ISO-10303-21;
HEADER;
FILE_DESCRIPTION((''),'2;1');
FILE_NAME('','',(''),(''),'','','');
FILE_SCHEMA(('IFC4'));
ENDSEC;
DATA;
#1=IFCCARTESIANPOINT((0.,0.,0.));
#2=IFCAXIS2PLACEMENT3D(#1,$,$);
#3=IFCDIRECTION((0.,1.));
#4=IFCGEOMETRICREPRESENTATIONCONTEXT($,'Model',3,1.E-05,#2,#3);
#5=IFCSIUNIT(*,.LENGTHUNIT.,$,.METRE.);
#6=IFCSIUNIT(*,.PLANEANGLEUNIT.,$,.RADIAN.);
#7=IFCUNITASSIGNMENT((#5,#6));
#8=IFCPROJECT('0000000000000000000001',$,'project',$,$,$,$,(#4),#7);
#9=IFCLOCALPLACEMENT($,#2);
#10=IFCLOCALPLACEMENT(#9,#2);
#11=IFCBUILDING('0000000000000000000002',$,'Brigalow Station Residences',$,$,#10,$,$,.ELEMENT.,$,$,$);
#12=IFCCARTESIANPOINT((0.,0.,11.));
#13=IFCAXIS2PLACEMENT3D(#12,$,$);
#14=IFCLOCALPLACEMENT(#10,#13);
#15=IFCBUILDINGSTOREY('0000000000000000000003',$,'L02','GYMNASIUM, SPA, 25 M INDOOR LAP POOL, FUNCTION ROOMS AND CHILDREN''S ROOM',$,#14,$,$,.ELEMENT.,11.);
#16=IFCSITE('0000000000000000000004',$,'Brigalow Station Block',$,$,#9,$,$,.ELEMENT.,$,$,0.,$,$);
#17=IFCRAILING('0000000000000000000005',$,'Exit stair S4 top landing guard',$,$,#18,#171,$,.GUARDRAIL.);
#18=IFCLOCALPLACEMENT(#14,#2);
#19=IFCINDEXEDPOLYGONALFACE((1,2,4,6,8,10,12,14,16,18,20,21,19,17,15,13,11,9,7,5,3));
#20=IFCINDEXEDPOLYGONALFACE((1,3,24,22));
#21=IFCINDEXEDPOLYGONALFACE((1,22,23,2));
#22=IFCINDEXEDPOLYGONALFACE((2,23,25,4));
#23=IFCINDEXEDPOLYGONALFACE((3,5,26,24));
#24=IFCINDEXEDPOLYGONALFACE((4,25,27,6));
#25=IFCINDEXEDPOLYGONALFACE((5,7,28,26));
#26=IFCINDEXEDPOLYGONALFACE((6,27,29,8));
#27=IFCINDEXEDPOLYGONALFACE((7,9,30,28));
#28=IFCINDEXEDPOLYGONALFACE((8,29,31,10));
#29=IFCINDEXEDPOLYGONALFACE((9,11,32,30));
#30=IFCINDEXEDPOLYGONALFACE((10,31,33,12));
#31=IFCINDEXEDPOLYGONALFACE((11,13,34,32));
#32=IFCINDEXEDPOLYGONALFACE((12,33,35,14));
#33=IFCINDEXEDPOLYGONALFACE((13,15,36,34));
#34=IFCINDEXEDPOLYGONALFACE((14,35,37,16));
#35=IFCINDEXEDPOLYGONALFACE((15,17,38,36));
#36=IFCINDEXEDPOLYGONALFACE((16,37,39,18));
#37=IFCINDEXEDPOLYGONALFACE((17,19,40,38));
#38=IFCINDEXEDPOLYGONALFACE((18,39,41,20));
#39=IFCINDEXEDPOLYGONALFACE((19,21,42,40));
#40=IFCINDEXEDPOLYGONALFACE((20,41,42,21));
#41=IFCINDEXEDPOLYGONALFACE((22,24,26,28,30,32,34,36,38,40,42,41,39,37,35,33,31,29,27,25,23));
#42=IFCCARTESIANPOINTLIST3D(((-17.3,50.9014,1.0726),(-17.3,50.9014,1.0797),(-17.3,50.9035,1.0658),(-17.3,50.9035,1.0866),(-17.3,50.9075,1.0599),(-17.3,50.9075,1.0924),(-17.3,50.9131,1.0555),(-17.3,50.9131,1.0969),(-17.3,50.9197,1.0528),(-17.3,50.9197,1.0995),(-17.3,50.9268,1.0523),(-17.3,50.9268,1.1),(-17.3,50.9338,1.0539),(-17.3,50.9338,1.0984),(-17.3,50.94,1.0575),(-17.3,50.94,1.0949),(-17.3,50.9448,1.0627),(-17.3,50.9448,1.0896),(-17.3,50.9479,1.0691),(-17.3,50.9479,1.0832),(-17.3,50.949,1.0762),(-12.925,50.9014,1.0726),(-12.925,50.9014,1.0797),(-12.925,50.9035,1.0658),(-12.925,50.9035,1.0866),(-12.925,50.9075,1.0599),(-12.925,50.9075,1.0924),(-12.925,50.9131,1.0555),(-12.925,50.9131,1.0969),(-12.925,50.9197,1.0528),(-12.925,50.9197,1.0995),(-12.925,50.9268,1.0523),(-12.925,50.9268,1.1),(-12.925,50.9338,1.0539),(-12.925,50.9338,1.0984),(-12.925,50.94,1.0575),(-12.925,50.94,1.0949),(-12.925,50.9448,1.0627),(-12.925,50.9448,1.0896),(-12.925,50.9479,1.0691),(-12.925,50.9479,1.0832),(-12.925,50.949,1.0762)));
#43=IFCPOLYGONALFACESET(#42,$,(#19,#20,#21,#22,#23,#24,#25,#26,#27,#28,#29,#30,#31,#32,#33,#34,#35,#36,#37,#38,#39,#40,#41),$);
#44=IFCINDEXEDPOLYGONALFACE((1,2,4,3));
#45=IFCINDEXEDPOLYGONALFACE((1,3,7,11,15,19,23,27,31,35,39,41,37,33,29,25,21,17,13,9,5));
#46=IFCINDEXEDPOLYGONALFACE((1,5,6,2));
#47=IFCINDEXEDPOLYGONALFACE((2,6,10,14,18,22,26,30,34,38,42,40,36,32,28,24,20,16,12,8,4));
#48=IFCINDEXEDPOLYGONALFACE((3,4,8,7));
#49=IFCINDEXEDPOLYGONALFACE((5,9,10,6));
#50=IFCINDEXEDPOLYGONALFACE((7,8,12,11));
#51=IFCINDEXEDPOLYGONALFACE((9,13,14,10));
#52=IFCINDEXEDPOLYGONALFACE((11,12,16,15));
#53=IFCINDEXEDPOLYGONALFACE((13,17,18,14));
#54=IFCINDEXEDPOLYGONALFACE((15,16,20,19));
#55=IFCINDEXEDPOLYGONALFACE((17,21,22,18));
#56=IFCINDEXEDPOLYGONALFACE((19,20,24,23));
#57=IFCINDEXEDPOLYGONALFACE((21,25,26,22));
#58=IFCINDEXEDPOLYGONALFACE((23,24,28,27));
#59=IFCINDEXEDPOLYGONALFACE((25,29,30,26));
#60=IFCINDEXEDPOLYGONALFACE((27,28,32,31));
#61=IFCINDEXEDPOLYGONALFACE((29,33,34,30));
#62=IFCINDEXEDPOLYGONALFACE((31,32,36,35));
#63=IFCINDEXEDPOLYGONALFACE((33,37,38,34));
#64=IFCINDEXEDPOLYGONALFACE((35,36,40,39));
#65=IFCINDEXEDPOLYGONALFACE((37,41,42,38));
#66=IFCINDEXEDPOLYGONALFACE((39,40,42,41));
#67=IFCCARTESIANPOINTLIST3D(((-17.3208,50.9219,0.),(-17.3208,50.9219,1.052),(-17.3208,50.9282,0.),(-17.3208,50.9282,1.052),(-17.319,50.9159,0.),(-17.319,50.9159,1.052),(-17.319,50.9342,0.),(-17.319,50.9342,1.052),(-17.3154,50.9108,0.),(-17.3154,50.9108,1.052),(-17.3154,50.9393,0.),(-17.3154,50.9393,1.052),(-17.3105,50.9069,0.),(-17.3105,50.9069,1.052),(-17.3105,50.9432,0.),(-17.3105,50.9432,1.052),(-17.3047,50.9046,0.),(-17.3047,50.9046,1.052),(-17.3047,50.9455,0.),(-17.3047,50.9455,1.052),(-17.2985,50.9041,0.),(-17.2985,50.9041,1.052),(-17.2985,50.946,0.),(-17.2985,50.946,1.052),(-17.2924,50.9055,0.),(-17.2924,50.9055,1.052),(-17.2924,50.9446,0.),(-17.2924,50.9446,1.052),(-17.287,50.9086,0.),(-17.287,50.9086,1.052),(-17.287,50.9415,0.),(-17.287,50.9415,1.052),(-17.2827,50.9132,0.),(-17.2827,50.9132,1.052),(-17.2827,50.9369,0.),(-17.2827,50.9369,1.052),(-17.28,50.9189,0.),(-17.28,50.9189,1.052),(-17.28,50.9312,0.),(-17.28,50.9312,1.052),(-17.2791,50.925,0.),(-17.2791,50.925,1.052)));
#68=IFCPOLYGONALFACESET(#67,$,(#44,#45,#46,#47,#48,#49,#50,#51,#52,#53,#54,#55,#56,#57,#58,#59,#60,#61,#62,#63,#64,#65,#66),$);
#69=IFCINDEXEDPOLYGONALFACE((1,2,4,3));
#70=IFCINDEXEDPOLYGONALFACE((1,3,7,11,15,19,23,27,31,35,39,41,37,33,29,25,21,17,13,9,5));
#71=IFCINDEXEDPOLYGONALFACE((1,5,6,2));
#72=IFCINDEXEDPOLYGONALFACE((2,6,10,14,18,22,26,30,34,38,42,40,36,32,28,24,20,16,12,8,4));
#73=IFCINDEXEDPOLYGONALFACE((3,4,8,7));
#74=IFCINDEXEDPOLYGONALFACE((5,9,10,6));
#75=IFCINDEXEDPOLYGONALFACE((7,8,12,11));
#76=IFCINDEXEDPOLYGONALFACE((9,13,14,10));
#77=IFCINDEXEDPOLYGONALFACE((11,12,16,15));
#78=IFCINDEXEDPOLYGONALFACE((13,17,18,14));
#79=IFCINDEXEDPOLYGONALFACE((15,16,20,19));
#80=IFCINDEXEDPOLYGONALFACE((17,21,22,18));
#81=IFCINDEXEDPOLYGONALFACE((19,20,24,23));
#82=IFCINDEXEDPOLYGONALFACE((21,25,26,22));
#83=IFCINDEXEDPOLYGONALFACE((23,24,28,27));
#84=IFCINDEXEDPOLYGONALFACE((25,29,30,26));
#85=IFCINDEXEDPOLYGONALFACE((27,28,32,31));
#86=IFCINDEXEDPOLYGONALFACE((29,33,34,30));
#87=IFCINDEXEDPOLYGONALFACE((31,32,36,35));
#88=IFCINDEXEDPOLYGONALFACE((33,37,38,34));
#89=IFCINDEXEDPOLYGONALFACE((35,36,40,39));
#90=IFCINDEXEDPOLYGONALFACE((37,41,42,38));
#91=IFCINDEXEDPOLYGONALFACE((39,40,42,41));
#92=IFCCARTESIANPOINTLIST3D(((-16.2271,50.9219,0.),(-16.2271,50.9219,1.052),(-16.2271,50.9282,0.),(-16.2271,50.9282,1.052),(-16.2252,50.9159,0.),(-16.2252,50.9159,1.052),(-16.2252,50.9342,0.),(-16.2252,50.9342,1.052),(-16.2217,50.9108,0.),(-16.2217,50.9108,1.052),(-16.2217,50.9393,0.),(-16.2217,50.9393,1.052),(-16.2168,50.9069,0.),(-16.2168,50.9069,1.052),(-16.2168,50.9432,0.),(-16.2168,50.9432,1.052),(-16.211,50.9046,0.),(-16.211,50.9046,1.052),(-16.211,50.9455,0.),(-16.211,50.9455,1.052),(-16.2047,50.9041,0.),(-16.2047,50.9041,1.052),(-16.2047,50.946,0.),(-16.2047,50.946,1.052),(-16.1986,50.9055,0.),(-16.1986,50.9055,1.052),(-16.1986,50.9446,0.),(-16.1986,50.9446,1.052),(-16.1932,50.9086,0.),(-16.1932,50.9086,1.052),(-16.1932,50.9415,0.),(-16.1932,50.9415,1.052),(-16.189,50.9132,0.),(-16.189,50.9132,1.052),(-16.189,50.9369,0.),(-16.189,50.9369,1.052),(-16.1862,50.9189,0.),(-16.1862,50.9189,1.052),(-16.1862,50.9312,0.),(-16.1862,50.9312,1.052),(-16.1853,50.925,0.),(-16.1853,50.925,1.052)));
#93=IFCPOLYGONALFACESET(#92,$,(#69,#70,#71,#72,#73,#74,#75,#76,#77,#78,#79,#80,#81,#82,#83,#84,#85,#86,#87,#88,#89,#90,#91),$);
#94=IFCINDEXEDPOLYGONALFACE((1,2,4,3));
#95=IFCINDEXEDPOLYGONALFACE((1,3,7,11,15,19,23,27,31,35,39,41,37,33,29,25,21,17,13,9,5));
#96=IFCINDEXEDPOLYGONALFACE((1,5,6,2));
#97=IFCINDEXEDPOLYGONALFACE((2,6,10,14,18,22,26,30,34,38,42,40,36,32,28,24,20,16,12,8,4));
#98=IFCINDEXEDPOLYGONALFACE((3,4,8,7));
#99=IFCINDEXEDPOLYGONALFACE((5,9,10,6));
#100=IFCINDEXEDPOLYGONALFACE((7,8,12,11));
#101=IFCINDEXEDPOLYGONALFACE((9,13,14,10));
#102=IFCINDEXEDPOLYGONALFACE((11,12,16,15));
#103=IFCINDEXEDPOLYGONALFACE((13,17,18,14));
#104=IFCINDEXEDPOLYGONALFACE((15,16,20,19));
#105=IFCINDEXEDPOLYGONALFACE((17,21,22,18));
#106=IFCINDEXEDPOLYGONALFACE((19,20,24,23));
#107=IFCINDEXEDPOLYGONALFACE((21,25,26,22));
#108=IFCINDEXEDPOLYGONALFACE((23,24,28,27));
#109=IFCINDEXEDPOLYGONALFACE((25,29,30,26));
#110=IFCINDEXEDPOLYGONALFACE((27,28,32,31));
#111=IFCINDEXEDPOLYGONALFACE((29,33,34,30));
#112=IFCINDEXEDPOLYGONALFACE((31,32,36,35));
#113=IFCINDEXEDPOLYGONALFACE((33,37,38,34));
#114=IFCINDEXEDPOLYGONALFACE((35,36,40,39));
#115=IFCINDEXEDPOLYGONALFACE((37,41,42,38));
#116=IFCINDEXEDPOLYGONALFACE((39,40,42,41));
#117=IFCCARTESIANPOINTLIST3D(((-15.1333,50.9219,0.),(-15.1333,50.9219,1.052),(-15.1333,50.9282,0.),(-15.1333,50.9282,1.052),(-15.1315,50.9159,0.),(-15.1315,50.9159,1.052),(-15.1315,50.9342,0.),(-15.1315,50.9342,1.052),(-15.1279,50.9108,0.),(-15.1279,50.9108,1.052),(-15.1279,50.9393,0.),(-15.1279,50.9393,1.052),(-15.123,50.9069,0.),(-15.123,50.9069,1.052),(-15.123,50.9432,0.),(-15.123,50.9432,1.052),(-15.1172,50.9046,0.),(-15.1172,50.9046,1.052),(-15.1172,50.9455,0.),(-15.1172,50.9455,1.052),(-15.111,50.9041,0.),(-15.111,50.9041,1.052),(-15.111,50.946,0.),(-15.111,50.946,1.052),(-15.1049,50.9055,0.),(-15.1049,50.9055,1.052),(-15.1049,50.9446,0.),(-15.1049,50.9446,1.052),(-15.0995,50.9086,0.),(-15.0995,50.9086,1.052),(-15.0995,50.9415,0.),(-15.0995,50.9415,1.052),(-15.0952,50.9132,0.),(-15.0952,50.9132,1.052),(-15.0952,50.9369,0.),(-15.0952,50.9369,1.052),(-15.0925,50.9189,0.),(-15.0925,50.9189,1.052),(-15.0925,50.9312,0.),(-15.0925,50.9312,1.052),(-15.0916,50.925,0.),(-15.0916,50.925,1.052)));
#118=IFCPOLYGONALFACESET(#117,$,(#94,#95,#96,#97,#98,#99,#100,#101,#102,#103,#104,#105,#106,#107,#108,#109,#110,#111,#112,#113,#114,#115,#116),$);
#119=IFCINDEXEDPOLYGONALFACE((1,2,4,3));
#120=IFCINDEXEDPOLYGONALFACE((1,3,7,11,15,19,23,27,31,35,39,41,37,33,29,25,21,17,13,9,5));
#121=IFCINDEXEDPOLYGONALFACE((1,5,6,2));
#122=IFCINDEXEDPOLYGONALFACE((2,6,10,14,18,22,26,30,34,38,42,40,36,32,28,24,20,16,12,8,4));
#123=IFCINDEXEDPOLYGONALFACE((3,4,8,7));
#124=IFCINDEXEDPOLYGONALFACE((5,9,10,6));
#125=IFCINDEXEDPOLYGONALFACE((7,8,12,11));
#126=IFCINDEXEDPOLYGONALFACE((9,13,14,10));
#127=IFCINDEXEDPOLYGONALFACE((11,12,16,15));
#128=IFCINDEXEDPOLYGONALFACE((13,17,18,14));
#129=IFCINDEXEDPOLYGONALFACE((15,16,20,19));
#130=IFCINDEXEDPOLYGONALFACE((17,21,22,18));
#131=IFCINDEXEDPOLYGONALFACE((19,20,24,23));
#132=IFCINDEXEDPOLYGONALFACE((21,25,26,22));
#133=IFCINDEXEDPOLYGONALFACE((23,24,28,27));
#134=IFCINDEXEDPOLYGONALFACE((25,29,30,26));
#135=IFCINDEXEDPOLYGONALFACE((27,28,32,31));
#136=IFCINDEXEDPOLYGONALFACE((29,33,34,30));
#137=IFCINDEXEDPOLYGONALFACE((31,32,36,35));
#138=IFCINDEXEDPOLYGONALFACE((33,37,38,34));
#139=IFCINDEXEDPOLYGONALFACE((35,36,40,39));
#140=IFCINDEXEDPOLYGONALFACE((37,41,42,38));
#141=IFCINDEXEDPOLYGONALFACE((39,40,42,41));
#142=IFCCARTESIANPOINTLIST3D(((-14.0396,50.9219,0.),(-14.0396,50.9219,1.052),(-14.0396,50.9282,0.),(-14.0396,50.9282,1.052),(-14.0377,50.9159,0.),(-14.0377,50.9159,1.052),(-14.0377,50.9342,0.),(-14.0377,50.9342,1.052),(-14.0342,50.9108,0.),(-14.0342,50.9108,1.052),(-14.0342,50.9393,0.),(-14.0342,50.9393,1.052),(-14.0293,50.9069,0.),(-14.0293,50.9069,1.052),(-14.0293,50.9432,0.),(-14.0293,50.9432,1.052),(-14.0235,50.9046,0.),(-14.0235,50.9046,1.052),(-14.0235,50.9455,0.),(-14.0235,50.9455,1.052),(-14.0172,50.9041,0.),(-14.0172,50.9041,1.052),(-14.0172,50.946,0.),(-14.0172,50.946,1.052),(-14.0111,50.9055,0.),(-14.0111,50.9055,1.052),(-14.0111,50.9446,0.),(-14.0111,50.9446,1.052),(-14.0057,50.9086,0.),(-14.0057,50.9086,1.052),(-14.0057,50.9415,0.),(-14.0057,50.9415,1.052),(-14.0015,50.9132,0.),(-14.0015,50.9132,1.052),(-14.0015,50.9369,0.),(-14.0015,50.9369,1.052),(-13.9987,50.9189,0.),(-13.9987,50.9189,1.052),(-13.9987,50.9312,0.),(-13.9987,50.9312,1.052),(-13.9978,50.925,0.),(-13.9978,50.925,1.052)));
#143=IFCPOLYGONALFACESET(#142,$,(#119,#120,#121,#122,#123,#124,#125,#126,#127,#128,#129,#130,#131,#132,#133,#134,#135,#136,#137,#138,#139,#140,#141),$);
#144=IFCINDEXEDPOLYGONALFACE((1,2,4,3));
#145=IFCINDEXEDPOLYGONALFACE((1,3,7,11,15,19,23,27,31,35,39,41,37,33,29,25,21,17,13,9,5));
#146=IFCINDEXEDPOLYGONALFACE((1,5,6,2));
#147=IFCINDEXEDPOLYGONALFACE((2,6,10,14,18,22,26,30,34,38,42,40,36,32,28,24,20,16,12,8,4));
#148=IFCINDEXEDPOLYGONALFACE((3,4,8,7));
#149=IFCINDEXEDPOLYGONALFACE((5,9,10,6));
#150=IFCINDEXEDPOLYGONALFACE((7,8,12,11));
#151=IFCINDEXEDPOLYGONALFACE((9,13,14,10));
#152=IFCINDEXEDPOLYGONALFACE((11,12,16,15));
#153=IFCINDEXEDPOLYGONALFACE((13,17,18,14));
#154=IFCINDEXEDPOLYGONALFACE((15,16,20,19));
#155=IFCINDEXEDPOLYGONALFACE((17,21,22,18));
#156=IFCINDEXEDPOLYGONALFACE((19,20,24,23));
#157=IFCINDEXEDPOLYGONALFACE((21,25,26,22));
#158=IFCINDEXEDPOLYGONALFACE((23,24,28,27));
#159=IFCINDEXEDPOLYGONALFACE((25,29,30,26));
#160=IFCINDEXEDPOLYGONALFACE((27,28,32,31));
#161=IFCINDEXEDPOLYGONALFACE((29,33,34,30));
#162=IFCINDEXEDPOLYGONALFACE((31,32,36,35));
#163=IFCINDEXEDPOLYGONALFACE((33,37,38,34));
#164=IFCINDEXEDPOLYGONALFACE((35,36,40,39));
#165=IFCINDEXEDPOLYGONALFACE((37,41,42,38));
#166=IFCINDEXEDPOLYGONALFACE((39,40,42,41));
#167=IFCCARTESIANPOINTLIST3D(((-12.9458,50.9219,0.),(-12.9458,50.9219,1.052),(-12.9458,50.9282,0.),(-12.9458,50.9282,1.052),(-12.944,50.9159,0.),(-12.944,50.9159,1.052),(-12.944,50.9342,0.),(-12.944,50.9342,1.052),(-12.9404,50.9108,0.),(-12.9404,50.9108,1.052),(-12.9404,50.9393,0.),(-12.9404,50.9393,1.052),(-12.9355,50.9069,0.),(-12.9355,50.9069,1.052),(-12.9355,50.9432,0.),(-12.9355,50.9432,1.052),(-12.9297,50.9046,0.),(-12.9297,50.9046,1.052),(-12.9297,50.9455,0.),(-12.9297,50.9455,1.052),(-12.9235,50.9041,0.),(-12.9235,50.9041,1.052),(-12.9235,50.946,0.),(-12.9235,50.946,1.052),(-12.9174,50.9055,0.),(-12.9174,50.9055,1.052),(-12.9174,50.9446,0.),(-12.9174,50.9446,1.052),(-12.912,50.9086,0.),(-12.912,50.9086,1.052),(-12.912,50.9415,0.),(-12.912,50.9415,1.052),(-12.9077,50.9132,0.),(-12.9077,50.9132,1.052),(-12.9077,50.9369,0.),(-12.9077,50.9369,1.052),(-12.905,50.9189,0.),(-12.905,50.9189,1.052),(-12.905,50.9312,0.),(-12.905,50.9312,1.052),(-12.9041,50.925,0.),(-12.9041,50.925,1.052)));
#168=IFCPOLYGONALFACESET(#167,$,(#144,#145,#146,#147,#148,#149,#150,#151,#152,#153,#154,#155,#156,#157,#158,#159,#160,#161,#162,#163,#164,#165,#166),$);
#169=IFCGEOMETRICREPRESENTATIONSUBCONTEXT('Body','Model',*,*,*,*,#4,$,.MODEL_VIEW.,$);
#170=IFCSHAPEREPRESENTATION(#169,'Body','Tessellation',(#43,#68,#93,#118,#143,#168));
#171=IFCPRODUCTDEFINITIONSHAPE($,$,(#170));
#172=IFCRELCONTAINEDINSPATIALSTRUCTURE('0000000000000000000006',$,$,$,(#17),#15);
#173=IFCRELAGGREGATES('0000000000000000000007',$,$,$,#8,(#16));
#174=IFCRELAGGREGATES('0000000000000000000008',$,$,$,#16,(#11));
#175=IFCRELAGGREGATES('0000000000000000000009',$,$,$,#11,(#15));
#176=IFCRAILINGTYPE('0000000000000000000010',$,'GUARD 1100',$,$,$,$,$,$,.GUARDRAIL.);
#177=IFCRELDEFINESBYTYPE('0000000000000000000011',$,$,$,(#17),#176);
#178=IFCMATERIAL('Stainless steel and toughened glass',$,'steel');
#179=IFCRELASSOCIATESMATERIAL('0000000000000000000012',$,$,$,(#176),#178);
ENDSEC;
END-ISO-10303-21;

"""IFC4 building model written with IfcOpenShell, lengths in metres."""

from ifc_helpers import new_model, si_unit, direction, frame, origin, origin_2d, place, context, subcontext, project, spatial, circle, extrude, material, type_object, element, save


model = new_model("IFC4")

# Units and contexts
model_context = context("Model", 3, precision=1e-05, world=origin(), true_north=direction((0.0, 1.0)))
body_context = subcontext(model_context, "Body", "Model", "MODEL_VIEW")
ifc_project = project(units=[si_unit("LENGTHUNIT", "METRE"), si_unit("PLANEANGLEUNIT", "RADIAN")], contexts=[model_context])

# Site, building, storey
site_placement = place(None, origin())
site = spatial("IfcSite", under=ifc_project, at=site_placement, Name="Brigalow Station Block", CompositionType="ELEMENT", RefElevation=0.0)
building_placement = place(site_placement, origin())
building = spatial("IfcBuilding", under=site, at=building_placement, Name="Brigalow Station Residences", CompositionType="ELEMENT")
storey_placement = place(building_placement, frame((0.0, 0.0, 11.0)))
storey = spatial("IfcBuildingStorey", under=building, at=storey_placement, Name="L02", Description="GYMNASIUM, SPA, 25 M INDOOR LAP POOL, FUNCTION ROOMS AND CHILDREN'S ROOM", CompositionType="ELEMENT", Elevation=11.0)

# Railing
ifc_material_1 = material(Name="Stainless steel and toughened glass", Category="steel")
railing_type = type_object("IfcRailingType", Name="GUARD 1100", PredefinedType="GUARDRAIL", material=ifc_material_1)
railing_placement = place(storey_placement, frame((-17.3, 50.925, 0.0)))
element("IfcRailing", 1, at=railing_placement, inside=storey, type_object=railing_type, Name="Exit stair S4 top landing guard", PredefinedType="GUARDRAIL", context=body_context, shape_type="SweptSolid", body=[
    extrude(circle(Radius=0.0239, at=origin_2d()), frame((0.0, 0.0, 1.0762), z_axis=(1.0, 0.0, 0.0), x_axis=(0.0, 1.0, 0.0)), (0.0, 0.0, 1.0), 4.375),
    extrude(circle(Radius=0.021, at=origin_2d()), origin(), (0.0, 0.0, 1.0), 1.052),
    extrude(circle(Radius=0.021, at=origin_2d()), frame((1.0938, 0.0, 0.0)), (0.0, 0.0, 1.0), 1.052),
    extrude(circle(Radius=0.021, at=origin_2d()), frame((2.1875, 0.0, 0.0)), (0.0, 0.0, 1.0), 1.052),
    extrude(circle(Radius=0.021, at=origin_2d()), frame((3.2812, 0.0, 0.0)), (0.0, 0.0, 1.0), 1.052),
    extrude(circle(Radius=0.021, at=origin_2d()), frame((4.375, 0.0, 0.0)), (0.0, 0.0, 1.0), 1.052),
])

save(model, "model.ifc")
